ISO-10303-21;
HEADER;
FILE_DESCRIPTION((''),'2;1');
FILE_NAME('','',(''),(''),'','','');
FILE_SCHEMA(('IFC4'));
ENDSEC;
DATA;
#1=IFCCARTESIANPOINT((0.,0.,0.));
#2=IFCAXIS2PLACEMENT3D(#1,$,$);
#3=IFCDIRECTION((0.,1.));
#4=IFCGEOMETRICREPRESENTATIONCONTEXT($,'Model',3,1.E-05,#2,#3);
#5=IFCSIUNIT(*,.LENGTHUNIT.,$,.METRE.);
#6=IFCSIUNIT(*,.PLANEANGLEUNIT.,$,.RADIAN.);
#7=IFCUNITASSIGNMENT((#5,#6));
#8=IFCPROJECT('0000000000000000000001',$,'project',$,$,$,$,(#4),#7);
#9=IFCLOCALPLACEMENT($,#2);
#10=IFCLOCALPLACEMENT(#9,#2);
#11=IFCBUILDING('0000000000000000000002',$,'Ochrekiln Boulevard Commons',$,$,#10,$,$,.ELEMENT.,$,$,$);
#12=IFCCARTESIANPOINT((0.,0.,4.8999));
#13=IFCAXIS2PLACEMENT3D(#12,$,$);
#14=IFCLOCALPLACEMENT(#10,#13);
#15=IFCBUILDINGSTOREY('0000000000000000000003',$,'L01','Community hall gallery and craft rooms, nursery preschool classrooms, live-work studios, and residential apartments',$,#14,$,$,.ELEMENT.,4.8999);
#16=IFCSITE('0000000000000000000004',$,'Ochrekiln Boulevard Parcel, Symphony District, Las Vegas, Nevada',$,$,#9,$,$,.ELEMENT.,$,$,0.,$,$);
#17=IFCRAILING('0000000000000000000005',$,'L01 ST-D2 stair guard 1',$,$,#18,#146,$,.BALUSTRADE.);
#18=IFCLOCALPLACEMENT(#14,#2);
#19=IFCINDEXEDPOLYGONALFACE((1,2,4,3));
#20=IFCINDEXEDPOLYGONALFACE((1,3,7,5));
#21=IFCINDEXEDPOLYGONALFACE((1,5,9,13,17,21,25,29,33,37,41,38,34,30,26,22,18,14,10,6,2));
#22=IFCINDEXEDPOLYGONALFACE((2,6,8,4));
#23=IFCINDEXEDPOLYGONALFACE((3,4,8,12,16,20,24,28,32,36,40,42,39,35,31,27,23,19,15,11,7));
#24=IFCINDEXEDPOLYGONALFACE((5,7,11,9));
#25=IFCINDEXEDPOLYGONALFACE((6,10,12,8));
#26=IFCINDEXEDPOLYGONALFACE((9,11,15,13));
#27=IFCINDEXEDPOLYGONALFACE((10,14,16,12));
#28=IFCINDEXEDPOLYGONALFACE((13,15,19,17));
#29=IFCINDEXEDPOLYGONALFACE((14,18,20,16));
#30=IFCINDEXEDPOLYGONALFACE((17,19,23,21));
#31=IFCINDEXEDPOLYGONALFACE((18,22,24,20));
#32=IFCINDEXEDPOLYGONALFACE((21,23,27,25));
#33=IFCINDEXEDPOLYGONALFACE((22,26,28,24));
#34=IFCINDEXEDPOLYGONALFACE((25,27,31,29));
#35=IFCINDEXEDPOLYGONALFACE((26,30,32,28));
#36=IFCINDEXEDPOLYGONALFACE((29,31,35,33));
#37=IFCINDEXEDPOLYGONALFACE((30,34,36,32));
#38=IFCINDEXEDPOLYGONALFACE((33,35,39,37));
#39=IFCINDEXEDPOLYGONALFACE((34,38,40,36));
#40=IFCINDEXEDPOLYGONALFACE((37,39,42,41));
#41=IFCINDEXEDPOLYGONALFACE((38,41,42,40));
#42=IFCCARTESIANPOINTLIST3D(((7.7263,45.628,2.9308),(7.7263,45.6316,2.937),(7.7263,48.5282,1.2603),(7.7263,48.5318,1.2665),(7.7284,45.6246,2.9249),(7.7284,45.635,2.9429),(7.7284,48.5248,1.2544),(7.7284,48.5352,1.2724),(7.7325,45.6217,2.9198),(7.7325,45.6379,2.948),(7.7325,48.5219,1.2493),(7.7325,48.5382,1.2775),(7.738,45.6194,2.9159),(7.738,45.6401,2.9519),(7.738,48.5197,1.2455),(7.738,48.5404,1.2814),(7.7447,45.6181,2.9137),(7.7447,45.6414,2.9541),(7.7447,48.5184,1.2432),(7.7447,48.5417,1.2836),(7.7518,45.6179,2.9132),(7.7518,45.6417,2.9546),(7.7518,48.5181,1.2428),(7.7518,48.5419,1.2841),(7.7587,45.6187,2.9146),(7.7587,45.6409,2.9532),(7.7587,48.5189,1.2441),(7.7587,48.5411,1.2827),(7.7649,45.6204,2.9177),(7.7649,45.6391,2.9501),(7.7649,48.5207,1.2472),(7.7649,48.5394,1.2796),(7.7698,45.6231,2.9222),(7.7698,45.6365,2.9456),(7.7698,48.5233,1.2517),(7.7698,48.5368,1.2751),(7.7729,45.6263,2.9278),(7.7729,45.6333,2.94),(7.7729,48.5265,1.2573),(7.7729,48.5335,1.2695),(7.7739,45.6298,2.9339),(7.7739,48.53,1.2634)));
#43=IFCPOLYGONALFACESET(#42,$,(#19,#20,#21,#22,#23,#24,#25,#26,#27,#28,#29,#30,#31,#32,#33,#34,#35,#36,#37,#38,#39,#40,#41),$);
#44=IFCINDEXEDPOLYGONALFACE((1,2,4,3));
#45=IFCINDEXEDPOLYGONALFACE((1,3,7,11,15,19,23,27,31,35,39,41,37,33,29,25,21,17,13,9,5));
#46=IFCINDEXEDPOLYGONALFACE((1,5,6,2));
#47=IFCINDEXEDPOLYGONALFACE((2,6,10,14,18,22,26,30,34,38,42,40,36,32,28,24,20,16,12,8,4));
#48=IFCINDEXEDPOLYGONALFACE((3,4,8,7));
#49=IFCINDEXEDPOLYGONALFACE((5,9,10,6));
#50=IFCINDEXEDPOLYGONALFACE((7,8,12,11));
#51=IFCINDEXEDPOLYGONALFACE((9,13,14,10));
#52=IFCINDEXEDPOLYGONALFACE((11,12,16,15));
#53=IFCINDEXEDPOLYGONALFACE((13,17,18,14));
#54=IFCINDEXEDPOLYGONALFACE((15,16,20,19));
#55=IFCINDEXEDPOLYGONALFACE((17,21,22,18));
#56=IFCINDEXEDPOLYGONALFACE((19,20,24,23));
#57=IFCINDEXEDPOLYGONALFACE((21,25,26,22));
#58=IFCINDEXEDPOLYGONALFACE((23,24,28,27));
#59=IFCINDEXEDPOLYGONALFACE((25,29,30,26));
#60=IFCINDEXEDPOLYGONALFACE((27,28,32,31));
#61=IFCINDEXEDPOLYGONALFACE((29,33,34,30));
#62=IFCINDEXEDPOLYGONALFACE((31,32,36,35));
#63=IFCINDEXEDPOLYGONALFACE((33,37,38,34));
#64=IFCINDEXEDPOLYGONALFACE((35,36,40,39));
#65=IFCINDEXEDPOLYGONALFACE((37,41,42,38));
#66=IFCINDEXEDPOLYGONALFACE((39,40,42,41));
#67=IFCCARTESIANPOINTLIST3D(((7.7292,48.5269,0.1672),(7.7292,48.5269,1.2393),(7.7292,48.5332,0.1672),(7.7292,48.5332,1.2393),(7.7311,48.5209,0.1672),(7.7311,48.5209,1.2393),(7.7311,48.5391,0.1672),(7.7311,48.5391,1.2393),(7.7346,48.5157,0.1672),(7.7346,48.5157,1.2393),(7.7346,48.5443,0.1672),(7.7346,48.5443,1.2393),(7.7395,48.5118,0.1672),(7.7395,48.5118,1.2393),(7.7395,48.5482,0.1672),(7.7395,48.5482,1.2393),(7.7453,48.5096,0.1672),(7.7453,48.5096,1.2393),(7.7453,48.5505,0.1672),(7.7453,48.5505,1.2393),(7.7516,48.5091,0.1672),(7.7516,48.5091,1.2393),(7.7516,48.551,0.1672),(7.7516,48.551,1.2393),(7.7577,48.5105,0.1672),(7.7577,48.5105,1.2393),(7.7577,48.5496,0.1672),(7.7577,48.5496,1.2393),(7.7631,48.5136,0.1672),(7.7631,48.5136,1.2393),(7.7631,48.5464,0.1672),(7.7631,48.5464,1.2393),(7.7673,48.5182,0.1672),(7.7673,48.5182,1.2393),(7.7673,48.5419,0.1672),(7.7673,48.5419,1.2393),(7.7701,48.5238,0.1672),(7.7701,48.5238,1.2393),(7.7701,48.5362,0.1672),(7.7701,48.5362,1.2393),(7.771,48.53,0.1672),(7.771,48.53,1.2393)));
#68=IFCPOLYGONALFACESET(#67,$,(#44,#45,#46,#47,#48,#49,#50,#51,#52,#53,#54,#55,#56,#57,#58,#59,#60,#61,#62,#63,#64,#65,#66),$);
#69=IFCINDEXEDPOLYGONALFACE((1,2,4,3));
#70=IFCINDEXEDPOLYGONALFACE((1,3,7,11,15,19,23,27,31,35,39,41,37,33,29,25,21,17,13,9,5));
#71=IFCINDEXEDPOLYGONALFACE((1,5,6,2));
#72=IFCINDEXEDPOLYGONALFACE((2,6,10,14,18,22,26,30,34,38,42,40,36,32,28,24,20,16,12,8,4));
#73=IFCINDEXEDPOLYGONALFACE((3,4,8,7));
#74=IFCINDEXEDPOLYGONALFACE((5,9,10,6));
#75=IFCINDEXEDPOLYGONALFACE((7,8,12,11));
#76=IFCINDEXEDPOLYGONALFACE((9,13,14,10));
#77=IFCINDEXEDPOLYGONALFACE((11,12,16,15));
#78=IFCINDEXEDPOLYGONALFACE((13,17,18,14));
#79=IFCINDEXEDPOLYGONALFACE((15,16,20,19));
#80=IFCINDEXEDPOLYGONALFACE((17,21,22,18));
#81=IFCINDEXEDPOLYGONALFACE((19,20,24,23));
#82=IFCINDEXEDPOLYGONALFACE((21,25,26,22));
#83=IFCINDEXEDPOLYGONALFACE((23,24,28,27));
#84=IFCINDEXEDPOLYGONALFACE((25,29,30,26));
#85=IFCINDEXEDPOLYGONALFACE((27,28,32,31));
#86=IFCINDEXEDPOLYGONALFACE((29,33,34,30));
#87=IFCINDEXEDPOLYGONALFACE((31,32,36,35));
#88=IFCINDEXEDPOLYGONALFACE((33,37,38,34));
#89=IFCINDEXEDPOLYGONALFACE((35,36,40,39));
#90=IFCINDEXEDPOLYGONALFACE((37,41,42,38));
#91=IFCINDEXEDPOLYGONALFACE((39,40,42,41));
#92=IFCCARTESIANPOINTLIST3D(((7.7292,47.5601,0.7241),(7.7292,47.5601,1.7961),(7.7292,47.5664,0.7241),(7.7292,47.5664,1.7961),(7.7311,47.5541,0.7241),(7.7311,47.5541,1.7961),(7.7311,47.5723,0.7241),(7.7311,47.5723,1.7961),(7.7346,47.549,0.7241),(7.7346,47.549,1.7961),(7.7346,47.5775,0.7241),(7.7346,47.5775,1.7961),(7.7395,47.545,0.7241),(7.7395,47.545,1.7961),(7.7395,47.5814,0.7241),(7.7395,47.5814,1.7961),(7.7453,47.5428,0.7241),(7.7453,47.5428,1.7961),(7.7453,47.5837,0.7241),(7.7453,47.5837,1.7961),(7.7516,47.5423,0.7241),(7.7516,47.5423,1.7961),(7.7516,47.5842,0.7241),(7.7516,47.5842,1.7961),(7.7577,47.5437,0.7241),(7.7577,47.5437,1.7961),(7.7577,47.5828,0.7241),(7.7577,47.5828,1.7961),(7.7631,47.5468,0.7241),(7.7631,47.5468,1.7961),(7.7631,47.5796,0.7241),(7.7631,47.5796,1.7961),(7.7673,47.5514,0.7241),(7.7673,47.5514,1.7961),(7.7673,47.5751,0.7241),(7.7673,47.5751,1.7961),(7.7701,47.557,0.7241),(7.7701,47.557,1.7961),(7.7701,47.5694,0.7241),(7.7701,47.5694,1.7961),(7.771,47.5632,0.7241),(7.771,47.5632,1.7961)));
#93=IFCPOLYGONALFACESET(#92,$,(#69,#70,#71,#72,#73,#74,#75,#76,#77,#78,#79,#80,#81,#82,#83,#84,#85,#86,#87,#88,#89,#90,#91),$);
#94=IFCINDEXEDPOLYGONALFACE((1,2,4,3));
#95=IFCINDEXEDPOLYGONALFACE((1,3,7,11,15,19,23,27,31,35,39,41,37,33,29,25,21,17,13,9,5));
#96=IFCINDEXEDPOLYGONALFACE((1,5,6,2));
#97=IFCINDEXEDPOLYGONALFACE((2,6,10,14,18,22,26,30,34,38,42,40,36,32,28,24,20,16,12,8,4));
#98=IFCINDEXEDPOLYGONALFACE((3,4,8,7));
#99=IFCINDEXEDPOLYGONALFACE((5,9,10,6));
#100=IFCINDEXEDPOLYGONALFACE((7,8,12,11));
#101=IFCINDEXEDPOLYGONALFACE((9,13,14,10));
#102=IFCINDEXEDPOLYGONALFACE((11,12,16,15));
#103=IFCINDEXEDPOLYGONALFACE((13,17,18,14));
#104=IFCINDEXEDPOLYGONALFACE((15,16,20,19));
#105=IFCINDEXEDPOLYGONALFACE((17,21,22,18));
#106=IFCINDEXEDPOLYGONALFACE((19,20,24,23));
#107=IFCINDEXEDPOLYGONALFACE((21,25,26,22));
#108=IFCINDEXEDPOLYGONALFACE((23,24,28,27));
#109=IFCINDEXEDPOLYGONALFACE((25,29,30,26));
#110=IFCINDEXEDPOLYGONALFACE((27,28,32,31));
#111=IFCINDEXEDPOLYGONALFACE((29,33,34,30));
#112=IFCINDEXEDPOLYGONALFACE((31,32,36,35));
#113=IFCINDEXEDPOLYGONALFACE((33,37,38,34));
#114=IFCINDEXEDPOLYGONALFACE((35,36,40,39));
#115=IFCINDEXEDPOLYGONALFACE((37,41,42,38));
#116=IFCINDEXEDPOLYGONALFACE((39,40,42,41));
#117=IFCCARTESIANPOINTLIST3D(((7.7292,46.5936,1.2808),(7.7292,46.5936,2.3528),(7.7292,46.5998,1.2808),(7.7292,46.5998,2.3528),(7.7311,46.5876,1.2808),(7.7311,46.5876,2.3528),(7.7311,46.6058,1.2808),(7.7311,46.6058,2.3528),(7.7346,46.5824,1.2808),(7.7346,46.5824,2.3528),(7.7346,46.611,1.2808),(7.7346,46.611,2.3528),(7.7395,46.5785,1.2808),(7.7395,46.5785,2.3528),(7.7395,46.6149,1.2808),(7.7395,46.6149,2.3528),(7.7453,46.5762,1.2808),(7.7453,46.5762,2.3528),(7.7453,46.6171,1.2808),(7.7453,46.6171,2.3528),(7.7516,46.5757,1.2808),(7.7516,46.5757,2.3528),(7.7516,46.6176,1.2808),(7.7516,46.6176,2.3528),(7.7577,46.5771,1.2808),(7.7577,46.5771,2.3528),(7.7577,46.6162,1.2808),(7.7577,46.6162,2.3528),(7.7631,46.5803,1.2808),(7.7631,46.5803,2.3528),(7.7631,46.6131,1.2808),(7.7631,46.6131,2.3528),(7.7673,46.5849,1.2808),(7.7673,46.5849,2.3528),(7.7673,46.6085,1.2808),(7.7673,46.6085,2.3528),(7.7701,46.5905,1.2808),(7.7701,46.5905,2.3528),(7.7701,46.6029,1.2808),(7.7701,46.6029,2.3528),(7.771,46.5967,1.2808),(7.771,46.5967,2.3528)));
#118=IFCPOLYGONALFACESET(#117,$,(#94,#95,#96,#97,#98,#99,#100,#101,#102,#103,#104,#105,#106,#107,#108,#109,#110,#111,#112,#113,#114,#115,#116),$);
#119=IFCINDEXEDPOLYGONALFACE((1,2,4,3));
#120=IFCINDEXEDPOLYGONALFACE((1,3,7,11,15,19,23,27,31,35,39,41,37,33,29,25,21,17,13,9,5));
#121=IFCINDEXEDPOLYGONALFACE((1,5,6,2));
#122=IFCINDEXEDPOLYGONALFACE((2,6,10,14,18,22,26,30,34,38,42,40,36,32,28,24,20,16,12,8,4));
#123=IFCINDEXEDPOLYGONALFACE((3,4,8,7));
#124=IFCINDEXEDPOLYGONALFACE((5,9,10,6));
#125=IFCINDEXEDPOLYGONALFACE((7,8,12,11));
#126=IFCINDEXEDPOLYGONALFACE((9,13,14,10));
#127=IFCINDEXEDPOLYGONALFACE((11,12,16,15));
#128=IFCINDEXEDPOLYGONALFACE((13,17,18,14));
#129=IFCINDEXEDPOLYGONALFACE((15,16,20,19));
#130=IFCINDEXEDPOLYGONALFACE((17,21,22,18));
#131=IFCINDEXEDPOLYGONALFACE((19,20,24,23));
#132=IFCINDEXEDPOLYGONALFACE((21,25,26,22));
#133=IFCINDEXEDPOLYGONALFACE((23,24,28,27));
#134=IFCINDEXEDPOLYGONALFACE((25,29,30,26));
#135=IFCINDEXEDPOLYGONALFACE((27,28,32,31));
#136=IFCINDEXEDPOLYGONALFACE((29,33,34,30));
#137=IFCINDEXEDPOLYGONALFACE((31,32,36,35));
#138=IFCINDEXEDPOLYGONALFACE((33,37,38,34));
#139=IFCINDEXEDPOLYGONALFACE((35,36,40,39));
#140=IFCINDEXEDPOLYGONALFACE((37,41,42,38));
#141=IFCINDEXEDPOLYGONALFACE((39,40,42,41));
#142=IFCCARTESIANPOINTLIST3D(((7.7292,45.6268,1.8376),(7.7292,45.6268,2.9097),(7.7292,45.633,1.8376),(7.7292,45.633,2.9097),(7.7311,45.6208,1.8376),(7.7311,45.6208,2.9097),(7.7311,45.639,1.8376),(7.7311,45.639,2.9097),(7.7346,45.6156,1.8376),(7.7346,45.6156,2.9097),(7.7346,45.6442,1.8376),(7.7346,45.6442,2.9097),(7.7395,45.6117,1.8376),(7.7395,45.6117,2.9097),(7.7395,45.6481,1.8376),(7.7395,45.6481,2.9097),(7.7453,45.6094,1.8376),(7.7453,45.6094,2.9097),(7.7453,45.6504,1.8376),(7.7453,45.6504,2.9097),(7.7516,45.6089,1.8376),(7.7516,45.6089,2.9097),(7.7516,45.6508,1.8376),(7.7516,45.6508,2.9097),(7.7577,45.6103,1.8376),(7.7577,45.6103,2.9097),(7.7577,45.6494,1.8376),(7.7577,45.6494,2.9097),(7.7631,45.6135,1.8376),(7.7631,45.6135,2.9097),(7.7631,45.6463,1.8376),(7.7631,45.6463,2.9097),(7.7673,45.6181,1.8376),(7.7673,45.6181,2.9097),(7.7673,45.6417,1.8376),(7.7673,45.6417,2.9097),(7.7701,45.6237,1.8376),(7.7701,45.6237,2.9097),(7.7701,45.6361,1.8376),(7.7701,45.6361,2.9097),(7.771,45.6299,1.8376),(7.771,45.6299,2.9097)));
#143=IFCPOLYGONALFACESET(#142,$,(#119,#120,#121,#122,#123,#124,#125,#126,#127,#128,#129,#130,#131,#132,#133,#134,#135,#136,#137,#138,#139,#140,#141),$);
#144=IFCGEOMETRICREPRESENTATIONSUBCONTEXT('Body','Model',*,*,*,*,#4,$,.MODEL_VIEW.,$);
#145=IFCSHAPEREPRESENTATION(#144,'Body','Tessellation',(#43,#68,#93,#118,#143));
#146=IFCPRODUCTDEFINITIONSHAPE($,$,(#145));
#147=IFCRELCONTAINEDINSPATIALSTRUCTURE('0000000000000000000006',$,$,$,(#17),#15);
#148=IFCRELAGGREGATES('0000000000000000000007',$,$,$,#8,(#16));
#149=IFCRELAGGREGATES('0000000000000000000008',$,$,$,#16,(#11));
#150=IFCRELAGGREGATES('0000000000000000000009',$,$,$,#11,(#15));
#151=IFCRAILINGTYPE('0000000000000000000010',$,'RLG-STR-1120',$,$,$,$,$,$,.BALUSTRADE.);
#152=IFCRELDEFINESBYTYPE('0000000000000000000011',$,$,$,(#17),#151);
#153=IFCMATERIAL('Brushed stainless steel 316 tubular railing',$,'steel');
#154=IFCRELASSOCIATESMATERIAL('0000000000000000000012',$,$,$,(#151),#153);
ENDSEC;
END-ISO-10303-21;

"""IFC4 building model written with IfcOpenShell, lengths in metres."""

from ifc_helpers import new_model, si_unit, direction, frame, origin, origin_2d, place, context, subcontext, project, spatial, circle, extrude, material, type_object, element, save


model = new_model("IFC4")

# Units and contexts
model_context = context("Model", 3, precision=1e-05, world=origin(), true_north=direction((0.0, 1.0)))
body_context = subcontext(model_context, "Body", "Model", "MODEL_VIEW")
ifc_project = project(units=[si_unit("LENGTHUNIT", "METRE"), si_unit("PLANEANGLEUNIT", "RADIAN")], contexts=[model_context])

# Site, building, storey
site_placement = place(None, origin())
site = spatial("IfcSite", under=ifc_project, at=site_placement, Name="Ochrekiln Boulevard Parcel, Symphony District, Las Vegas, Nevada", CompositionType="ELEMENT", RefElevation=0.0)
building_placement = place(site_placement, origin())
building = spatial("IfcBuilding", under=site, at=building_placement, Name="Ochrekiln Boulevard Commons", CompositionType="ELEMENT")
storey_placement = place(building_placement, frame((0.0, 0.0, 4.8999)))
storey = spatial("IfcBuildingStorey", under=building, at=storey_placement, Name="L01", Description="Community hall gallery and craft rooms, nursery preschool classrooms, live-work studios, and residential apartments", CompositionType="ELEMENT", Elevation=4.8999)

# Railing
ifc_material_1 = material(Name="Brushed stainless steel 316 tubular railing", Category="steel")
railing_type_1 = type_object("IfcRailingType", Name="RLG-STR-1120", PredefinedType="BALUSTRADE", material=ifc_material_1)
railing_1_placement = place(storey_placement, frame((7.75, 48.53, 0.1672)))
element("IfcRailing", 1, at=railing_1_placement, inside=storey, type_object=railing_type_1, Name="L01 ST-D2 stair guard 1", PredefinedType="BALUSTRADE", context=body_context, shape_type="SweptSolid", body=[
    extrude(circle(Radius=0.0239, at=origin_2d()), frame((0.0, 0.0, 1.0962), z_axis=(0.0, -0.866541, 0.499106), x_axis=(1.0, 0.0, 0.0)), (0.0, 0.0, 1.0), 3.3469),
    extrude(circle(Radius=0.021, at=origin_2d()), origin(), (0.0, 0.0, 1.0), 1.072),
    extrude(circle(Radius=0.021, at=origin_2d()), frame((0.0, -0.9668, 0.5569)), (0.0, 0.0, 1.0), 1.072),
    extrude(circle(Radius=0.021, at=origin_2d()), frame((0.0, -1.9333, 1.1135)), (0.0, 0.0, 1.0), 1.072),
    extrude(circle(Radius=0.021, at=origin_2d()), frame((0.0, -2.9001, 1.6704)), (0.0, 0.0, 1.0), 1.072),
])

save(model, "model.ifc")
